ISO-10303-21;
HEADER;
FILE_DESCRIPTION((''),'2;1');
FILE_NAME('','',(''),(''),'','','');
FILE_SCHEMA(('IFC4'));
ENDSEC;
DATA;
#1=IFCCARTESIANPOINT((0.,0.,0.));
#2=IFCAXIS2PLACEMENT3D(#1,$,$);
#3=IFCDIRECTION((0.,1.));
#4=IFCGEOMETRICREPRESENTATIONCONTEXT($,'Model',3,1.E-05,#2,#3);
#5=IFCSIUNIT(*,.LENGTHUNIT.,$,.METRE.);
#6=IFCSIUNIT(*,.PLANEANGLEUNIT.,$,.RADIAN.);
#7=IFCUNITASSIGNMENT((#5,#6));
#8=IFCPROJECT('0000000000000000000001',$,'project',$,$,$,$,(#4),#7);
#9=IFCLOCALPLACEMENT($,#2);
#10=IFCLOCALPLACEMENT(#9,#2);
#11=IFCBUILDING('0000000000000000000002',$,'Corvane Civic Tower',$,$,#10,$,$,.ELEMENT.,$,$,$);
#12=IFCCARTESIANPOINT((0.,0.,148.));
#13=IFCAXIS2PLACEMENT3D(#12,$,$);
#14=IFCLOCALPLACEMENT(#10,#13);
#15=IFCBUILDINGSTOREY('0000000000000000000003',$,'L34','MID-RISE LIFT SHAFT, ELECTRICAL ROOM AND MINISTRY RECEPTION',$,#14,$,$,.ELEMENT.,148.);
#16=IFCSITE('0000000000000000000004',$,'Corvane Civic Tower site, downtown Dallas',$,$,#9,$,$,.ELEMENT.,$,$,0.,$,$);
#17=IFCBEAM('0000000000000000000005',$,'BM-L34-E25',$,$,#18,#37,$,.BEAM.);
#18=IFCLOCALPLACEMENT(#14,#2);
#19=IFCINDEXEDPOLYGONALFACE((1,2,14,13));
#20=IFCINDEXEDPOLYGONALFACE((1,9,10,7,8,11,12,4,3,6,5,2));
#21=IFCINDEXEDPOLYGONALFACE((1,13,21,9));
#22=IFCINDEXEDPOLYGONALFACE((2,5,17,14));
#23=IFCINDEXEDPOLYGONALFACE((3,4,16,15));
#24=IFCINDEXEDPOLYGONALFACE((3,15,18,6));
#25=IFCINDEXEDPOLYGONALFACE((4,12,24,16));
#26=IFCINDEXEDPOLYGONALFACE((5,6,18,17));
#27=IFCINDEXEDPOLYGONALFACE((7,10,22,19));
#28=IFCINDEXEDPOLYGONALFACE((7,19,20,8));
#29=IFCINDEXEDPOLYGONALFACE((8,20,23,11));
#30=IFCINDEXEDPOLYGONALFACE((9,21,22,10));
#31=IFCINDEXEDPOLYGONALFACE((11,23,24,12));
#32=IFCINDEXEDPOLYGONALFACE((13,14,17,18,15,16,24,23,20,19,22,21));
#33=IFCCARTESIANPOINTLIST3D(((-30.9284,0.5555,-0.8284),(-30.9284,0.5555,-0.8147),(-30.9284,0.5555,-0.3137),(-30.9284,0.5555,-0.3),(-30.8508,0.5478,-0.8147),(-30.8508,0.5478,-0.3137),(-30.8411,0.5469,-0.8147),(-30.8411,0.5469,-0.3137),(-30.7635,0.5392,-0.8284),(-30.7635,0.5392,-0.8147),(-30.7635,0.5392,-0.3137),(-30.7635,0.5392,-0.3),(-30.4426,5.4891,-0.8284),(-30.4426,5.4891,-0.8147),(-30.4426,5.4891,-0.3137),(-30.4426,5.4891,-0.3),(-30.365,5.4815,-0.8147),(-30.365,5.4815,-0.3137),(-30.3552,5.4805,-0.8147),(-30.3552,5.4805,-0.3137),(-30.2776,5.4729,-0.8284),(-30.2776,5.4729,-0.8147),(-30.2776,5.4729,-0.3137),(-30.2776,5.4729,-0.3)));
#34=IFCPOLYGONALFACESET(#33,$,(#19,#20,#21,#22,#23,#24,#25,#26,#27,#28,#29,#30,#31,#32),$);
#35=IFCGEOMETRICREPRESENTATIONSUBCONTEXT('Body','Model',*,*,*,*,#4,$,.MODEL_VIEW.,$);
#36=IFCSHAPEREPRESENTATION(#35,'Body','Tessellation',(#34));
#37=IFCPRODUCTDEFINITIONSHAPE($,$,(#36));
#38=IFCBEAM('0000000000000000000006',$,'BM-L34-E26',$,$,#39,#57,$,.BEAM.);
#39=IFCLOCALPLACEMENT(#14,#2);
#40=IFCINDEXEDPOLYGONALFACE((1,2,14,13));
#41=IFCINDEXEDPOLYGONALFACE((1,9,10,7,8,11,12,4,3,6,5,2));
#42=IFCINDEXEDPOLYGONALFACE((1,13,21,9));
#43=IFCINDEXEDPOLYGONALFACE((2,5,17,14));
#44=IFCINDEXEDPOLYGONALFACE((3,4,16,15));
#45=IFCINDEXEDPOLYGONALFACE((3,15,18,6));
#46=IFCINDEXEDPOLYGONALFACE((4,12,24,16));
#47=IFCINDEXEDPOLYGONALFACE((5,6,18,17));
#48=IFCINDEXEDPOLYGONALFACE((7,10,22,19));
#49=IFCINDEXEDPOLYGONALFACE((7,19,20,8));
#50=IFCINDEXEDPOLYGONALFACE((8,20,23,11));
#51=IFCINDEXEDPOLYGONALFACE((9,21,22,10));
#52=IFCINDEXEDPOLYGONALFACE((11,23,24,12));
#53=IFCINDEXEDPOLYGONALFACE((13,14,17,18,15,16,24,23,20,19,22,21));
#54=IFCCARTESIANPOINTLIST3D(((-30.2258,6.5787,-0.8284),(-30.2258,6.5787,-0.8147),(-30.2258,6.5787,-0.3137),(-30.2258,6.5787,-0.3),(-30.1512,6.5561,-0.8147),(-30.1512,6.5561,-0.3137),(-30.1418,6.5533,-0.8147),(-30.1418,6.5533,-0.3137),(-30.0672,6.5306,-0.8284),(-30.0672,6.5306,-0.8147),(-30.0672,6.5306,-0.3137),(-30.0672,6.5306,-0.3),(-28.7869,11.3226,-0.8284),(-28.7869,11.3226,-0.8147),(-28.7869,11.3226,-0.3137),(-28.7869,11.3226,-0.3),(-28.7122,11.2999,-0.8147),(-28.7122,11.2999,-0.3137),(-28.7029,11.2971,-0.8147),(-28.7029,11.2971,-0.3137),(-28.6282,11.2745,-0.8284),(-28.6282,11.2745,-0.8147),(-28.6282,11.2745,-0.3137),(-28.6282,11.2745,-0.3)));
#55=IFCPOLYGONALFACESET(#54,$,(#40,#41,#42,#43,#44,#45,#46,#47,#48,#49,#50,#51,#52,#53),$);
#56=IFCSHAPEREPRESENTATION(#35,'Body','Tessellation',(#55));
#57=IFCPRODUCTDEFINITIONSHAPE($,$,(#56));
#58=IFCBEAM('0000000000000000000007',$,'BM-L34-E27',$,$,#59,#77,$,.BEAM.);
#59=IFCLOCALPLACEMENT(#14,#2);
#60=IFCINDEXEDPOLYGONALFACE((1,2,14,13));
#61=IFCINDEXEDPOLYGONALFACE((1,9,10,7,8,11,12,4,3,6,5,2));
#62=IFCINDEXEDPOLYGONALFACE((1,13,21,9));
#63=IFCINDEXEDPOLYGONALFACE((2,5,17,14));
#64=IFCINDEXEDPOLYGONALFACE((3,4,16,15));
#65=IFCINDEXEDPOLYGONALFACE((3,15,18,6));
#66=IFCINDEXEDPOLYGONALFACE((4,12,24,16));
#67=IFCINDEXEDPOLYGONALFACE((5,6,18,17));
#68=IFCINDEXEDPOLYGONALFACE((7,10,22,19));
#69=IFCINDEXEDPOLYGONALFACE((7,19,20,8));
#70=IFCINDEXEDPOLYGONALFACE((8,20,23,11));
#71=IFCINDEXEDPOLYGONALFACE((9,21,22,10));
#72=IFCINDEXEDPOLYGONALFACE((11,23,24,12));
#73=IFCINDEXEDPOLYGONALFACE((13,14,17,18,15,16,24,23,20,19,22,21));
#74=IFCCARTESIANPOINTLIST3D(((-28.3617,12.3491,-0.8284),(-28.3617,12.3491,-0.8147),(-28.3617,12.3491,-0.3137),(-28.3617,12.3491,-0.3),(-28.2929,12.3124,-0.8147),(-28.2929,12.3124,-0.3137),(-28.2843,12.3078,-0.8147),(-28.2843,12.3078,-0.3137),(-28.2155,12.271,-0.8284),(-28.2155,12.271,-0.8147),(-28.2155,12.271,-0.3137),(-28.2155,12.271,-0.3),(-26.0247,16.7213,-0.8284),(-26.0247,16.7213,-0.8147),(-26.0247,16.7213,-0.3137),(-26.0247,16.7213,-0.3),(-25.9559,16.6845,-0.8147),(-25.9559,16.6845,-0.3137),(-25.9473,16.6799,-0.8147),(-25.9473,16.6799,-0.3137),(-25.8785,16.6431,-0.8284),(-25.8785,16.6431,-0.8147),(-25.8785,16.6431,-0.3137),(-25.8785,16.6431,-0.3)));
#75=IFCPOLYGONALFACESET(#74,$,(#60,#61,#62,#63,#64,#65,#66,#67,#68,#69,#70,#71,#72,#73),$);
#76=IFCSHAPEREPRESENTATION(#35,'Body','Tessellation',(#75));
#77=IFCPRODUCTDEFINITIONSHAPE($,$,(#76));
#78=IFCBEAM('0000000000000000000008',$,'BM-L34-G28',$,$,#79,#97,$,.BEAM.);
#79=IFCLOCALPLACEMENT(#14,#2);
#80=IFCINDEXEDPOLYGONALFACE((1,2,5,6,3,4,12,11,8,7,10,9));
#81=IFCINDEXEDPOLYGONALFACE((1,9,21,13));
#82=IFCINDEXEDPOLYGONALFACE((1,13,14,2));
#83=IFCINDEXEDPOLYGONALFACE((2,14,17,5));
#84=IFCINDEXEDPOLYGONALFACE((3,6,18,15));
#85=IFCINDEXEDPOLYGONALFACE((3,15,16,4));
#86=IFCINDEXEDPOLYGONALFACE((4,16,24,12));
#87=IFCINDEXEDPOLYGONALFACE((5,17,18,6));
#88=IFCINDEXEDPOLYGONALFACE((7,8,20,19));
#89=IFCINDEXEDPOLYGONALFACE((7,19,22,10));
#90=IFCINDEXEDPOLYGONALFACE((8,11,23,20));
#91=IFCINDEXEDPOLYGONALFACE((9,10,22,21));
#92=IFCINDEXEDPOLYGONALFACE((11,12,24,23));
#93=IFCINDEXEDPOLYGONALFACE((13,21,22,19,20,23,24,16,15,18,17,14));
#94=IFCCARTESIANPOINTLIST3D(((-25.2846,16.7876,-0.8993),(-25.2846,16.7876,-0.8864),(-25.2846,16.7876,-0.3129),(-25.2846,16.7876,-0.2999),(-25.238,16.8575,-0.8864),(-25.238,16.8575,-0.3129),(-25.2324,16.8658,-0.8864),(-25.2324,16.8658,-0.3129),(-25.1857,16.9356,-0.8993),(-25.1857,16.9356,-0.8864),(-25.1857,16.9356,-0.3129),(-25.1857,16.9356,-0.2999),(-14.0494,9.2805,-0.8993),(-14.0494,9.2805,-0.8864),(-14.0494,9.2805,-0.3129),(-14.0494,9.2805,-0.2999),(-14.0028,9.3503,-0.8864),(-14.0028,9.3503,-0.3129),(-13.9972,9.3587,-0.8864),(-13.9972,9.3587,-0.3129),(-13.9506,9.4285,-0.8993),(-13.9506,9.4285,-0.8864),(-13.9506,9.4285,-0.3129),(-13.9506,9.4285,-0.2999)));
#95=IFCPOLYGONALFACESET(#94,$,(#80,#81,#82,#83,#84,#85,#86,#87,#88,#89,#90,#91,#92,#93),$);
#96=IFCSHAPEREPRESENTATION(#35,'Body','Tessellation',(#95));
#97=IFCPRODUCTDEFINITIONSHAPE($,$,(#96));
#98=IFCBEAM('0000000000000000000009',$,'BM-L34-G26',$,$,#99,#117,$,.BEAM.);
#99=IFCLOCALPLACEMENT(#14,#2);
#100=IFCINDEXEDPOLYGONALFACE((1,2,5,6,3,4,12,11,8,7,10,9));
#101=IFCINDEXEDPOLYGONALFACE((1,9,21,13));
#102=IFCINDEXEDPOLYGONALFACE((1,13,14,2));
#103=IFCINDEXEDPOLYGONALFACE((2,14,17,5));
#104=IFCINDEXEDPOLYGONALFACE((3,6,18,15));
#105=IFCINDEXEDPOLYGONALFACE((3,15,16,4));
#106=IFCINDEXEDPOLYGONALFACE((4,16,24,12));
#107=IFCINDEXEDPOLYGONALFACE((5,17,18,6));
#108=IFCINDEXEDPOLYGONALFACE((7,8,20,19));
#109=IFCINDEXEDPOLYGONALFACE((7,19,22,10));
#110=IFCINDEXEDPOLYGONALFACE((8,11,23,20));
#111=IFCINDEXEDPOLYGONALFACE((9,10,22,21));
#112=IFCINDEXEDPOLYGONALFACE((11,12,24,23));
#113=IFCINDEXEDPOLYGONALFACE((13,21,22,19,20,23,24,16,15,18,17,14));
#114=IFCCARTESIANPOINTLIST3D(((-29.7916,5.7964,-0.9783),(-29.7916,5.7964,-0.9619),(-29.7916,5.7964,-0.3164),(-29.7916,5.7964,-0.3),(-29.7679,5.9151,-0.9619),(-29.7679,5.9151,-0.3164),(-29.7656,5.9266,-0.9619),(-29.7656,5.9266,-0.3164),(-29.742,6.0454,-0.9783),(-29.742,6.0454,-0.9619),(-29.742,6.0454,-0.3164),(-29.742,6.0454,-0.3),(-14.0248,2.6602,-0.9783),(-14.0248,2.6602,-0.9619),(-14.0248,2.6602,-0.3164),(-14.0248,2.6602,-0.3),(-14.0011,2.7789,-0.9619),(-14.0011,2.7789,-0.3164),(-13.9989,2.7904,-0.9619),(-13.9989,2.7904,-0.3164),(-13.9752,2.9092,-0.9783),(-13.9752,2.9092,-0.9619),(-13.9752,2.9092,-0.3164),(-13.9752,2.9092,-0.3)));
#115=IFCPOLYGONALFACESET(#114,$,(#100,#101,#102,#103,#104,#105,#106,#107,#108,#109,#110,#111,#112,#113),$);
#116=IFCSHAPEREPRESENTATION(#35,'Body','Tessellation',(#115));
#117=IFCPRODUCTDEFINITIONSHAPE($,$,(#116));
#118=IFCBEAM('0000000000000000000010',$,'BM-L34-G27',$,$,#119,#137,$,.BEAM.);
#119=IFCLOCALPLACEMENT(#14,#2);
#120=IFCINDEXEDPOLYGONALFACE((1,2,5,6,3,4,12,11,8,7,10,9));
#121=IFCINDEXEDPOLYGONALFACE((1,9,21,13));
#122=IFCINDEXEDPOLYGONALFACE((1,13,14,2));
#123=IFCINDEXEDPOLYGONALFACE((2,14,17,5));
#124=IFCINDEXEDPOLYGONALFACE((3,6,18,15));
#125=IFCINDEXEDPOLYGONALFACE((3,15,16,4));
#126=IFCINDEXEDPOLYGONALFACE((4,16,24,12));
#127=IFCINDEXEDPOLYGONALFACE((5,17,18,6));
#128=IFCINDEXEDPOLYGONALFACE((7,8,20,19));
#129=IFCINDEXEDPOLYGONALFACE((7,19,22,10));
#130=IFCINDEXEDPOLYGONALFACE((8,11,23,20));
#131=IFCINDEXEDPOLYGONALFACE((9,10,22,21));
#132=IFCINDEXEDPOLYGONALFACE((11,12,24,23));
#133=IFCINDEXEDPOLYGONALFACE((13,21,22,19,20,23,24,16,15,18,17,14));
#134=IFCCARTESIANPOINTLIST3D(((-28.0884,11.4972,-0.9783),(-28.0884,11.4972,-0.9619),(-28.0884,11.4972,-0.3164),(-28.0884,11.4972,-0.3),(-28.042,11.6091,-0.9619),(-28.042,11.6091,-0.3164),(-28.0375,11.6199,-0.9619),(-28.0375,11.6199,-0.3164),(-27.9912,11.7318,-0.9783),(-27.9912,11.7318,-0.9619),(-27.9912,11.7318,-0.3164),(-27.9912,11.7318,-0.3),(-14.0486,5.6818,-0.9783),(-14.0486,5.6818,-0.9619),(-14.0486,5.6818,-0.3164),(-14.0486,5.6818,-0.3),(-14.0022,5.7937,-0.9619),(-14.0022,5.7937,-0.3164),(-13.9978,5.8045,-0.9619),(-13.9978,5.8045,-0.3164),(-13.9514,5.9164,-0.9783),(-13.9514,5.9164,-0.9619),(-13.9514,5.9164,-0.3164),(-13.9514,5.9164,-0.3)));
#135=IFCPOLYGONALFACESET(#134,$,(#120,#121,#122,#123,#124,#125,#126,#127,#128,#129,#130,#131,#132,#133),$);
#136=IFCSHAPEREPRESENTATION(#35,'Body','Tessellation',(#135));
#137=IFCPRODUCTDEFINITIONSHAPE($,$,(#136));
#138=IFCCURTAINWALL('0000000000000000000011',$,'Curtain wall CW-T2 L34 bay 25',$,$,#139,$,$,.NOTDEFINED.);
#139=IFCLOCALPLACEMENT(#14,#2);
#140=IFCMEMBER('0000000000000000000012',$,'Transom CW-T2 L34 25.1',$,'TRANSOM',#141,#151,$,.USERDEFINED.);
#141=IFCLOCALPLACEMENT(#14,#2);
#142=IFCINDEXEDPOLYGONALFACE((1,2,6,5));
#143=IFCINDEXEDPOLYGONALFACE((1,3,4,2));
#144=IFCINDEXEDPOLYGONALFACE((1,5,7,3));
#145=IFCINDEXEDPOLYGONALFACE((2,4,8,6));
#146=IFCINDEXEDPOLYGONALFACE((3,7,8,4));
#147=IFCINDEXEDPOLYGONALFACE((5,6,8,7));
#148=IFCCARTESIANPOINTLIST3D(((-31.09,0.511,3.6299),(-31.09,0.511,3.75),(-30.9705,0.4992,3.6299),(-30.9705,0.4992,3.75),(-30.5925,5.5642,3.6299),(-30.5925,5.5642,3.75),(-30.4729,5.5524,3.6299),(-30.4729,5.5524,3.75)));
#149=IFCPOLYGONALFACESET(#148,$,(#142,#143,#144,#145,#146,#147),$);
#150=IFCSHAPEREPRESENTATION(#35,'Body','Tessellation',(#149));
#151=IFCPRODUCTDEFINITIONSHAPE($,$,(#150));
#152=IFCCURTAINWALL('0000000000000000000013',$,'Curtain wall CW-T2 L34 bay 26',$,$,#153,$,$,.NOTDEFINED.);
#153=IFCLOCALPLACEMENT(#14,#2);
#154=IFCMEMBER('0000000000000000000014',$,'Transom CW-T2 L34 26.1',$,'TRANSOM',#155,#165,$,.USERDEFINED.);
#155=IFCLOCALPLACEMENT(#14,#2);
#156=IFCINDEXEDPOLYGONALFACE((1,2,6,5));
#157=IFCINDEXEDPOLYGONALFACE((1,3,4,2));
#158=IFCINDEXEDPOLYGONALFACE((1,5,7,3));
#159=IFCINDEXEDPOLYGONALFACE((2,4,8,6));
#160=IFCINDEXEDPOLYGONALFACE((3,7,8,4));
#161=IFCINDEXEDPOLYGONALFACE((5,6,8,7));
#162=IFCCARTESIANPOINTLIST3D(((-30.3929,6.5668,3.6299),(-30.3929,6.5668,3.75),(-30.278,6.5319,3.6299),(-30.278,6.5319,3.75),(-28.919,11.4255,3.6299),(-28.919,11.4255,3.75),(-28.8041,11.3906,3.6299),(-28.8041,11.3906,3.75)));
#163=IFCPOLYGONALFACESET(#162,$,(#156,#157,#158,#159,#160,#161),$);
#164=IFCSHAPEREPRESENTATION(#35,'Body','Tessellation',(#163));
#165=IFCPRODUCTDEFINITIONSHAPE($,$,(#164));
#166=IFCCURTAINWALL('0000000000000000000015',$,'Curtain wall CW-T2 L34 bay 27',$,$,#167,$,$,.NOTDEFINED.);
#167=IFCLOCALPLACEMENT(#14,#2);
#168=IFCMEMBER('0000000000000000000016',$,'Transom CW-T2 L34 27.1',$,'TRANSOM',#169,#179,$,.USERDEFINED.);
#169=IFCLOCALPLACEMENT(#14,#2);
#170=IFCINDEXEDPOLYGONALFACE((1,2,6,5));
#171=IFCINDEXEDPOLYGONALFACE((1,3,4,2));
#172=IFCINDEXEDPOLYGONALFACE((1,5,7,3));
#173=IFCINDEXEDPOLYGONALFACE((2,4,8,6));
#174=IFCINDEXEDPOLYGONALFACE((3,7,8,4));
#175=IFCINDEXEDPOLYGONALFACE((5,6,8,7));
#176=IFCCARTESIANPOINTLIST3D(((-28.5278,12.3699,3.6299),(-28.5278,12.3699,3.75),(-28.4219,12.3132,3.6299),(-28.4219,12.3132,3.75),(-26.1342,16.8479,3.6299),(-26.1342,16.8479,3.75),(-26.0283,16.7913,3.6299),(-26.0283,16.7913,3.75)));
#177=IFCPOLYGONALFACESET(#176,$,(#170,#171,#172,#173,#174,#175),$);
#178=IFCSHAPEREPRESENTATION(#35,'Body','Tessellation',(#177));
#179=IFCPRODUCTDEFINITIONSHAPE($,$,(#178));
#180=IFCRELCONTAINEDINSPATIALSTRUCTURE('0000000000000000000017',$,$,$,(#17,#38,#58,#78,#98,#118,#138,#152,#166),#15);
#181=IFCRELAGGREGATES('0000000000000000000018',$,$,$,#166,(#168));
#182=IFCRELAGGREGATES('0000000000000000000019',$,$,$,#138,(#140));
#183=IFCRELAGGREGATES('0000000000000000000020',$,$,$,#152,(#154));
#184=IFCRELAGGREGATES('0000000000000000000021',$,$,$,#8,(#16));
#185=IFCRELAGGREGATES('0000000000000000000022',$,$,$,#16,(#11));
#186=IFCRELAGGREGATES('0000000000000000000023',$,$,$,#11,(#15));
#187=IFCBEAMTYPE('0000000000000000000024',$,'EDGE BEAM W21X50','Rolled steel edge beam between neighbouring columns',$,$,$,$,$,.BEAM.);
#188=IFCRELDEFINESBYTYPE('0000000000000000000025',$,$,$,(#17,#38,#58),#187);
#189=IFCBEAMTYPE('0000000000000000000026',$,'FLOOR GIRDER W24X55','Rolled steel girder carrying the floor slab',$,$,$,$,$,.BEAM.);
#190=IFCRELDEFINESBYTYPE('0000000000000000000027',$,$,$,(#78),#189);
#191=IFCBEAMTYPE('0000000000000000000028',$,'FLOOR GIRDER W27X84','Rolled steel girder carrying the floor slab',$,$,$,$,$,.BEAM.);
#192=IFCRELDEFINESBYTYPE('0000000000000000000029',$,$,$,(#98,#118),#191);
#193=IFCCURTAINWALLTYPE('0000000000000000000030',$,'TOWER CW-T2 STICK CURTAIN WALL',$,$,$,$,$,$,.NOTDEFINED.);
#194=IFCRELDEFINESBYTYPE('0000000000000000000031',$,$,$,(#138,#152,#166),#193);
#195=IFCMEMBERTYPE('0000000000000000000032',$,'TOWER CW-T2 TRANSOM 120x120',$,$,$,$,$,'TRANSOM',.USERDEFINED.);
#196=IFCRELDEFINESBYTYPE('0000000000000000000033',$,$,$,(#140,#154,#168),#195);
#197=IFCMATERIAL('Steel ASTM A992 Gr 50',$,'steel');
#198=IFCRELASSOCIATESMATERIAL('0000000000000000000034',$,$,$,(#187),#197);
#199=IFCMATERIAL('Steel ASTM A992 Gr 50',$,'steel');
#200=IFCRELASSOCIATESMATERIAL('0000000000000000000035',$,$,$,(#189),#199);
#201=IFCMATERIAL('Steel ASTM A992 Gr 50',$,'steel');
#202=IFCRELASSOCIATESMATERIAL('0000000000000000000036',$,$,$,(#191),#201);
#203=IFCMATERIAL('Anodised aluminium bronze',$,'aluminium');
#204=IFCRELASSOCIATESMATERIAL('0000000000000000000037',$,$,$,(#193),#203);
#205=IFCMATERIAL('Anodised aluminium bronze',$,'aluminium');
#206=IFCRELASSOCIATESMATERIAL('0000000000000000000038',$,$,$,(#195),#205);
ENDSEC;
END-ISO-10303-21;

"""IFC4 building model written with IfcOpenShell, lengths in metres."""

from ifc_helpers import new_model, si_unit, direction, frame, origin, origin_2d, place, context, subcontext, project, spatial, rectangle, i_section, extrude, material, material_profile, profile_set, type_object, element, aggregate, save


model = new_model("IFC4")

# Units and contexts
model_context = context("Model", 3, precision=1e-05, world=origin(), true_north=direction((0.0, 1.0)))
body_context = subcontext(model_context, "Body", "Model", "MODEL_VIEW")
ifc_project = project(units=[si_unit("LENGTHUNIT", "METRE"), si_unit("PLANEANGLEUNIT", "RADIAN")], contexts=[model_context])

# Site, building, storey
site_placement = place(None, origin())
site = spatial("IfcSite", under=ifc_project, at=site_placement, Name="Corvane Civic Tower site, downtown Dallas", CompositionType="ELEMENT", RefElevation=0.0)
building_placement = place(site_placement, origin())
building = spatial("IfcBuilding", under=site, at=building_placement, Name="Corvane Civic Tower", CompositionType="ELEMENT")
storey_placement = place(building_placement, frame((0.0, 0.0, 148.0)))
storey = spatial("IfcBuildingStorey", under=building, at=storey_placement, Name="L34", Description="MID-RISE LIFT SHAFT, ELECTRICAL ROOM AND MINISTRY RECEPTION", CompositionType="ELEMENT", Elevation=148.0)

# Beams
ifc_material_1 = material(Name="Steel ASTM A992 Gr 50", Category="steel")
ifc_material_profile_1 = material_profile(ifc_material_1, i_section(OverallWidth=0.1658, OverallDepth=0.5283, WebThickness=0.0098, FlangeThickness=0.0137, at=origin_2d()), Name="W21X50")
ifc_profile_set_1 = profile_set([ifc_material_profile_1], Name="Steel ASTM A992 Gr 50")
beam_type_1 = type_object("IfcBeamType", Name="EDGE BEAM W21X50", Description="Rolled steel edge beam between neighbouring columns", PredefinedType="BEAM", material=ifc_profile_set_1)
beam_1_placement = place(storey_placement, frame((-30.8459, 0.5474, -0.5642), z_axis=(0.098002, 0.995186, 0.0), x_axis=(-0.995186, 0.098002, 0.0)))
element("IfcBeam", 1, at=beam_1_placement, inside=storey, type_object=beam_type_1, Name="BM-L34-E25", PredefinedType="BEAM", context=body_context, shape_type="SweptSolid", body=[
    extrude(i_section(OverallWidth=0.1658, OverallDepth=0.5283, WebThickness=0.0098, FlangeThickness=0.0137, at=origin_2d()), origin(), (0.0, 0.0, 1.0), 4.9575),
])
beam_2_placement = place(storey_placement, frame((-30.1465, 6.5547, -0.5642), z_axis=(0.29027, 0.956945, 0.0), x_axis=(-0.956945, 0.29027, 0.0)))
element("IfcBeam", 2, at=beam_2_placement, inside=storey, type_object=beam_type_1, Name="BM-L34-E26", PredefinedType="BEAM", context=body_context, shape_type="SweptSolid", body=[
    extrude(i_section(OverallWidth=0.1658, OverallDepth=0.5283, WebThickness=0.0098, FlangeThickness=0.0137, at=origin_2d()), origin(), (0.0, 0.0, 1.0), 4.9573),
])
beam_3_placement = place(storey_placement, frame((-28.2886, 12.3101, -0.5642), z_axis=(0.471396, 0.881922, 0.0), x_axis=(-0.881922, 0.471396, 0.0)))
element("IfcBeam", 3, at=beam_3_placement, inside=storey, type_object=beam_type_1, Name="BM-L34-E27", PredefinedType="BEAM", context=body_context, shape_type="SweptSolid", body=[
    extrude(i_section(OverallWidth=0.1658, OverallDepth=0.5283, WebThickness=0.0098, FlangeThickness=0.0137, at=origin_2d()), origin(), (0.0, 0.0, 1.0), 4.9575),
])
ifc_material_2 = material(Name="Steel ASTM A992 Gr 50", Category="steel")
ifc_material_profile_2 = material_profile(ifc_material_2, i_section(OverallWidth=0.178, OverallDepth=0.5994, WebThickness=0.01, FlangeThickness=0.0129, at=origin_2d()), Name="W24X55")
ifc_profile_set_2 = profile_set([ifc_material_profile_2], Name="Steel ASTM A992 Gr 50")
beam_type_2 = type_object("IfcBeamType", Name="FLOOR GIRDER W24X55", Description="Rolled steel girder carrying the floor slab", PredefinedType="BEAM", material=ifc_profile_set_2)
beam_4_placement = place(storey_placement, frame((-14.0, 9.3545, -0.5996), z_axis=(-0.831469, 0.555571, 0.0), x_axis=(-0.555571, -0.831469, 0.0)))
element("IfcBeam", 4, at=beam_4_placement, inside=storey, type_object=beam_type_2, Name="BM-L34-G28", PredefinedType="BEAM", context=body_context, shape_type="SweptSolid", body=[
    extrude(i_section(OverallWidth=0.178, OverallDepth=0.5994, WebThickness=0.01, FlangeThickness=0.0129, at=origin_2d()), origin(), (0.0, 0.0, 1.0), 13.5125),
])
ifc_material_3 = material(Name="Steel ASTM A992 Gr 50", Category="steel")
ifc_material_profile_3 = material_profile(ifc_material_3, i_section(OverallWidth=0.2539, OverallDepth=0.6782, WebThickness=0.0117, FlangeThickness=0.0164, at=origin_2d()), Name="W27X84")
ifc_profile_set_3 = profile_set([ifc_material_profile_3], Name="Steel ASTM A992 Gr 50")
beam_type_3 = type_object("IfcBeamType", Name="FLOOR GIRDER W27X84", Description="Rolled steel girder carrying the floor slab", PredefinedType="BEAM", material=ifc_profile_set_3)
beam_5_placement = place(storey_placement, frame((-14.0, 2.7847, -0.6392), z_axis=(-0.980785, 0.195091, 0.0), x_axis=(-0.195091, -0.980785, 0.0)))
element("IfcBeam", 5, at=beam_5_placement, inside=storey, type_object=beam_type_3, Name="BM-L34-G26", PredefinedType="BEAM", context=body_context, shape_type="SweptSolid", body=[
    extrude(i_section(OverallWidth=0.2539, OverallDepth=0.6782, WebThickness=0.0117, FlangeThickness=0.0164, at=origin_2d()), origin(), (0.0, 0.0, 1.0), 16.0757),
])
beam_6_placement = place(storey_placement, frame((-14.0, 5.7991, -0.6392), z_axis=(-0.923881, 0.382681, 0.0), x_axis=(-0.382681, -0.923881, 0.0)))
element("IfcBeam", 6, at=beam_6_placement, inside=storey, type_object=beam_type_3, Name="BM-L34-G27", PredefinedType="BEAM", context=body_context, shape_type="SweptSolid", body=[
    extrude(i_section(OverallWidth=0.2539, OverallDepth=0.6782, WebThickness=0.0117, FlangeThickness=0.0164, at=origin_2d()), origin(), (0.0, 0.0, 1.0), 15.1965),
])

# Curtain walls, members
ifc_material_4 = material(Name="Anodised aluminium bronze", Category="aluminium")
curtain_wall_type = type_object("IfcCurtainWallType", Name="TOWER CW-T2 STICK CURTAIN WALL", PredefinedType="NOTDEFINED", material=ifc_material_4)
curtain_wall_1_placement = place(storey_placement, origin())
curtain_wall_1 = element("IfcCurtainWall", 7, at=curtain_wall_1_placement, inside=storey, type_object=curtain_wall_type, Name="Curtain wall CW-T2 L34 bay 25", PredefinedType="NOTDEFINED")
ifc_material_5 = material(Name="Anodised aluminium bronze", Category="aluminium")
ifc_material_profile_4 = material_profile(ifc_material_5, rectangle(XDim=0.1201, YDim=0.1201, at=origin_2d()), Name="TOWER CW-T2 TRANSOM 120x120")
ifc_profile_set_4 = profile_set([ifc_material_profile_4], Name="Anodised aluminium bronze")
member_type = type_object("IfcMemberType", Name="TOWER CW-T2 TRANSOM 120x120", ElementType="TRANSOM", PredefinedType="USERDEFINED", material=ifc_profile_set_4)
member_1_placement = place(storey_placement, frame((-31.0303, 0.5051, 3.6899), z_axis=(0.09799, 0.995187, 0.0), x_axis=(-0.995187, 0.09799, 0.0)))
member_1 = element("IfcMember", 8, at=member_1_placement, type_object=member_type, Name="Transom CW-T2 L34 25.1", ObjectType="TRANSOM", PredefinedType="USERDEFINED", context=body_context, shape_type="SweptSolid", body=[
    extrude(rectangle(XDim=0.1201, YDim=0.1201, at=origin_2d()), origin(), (0.0, 0.0, 1.0), 5.0776),
])
curtain_wall_2_placement = place(storey_placement, origin())
curtain_wall_2 = element("IfcCurtainWall", 9, at=curtain_wall_2_placement, inside=storey, type_object=curtain_wall_type, Name="Curtain wall CW-T2 L34 bay 26", PredefinedType="NOTDEFINED")
member_2_placement = place(storey_placement, frame((-30.3354, 6.5493, 3.6899), z_axis=(0.290289, 0.956939, 0.0), x_axis=(-0.956939, 0.290289, 0.0)))
member_2 = element("IfcMember", 10, at=member_2_placement, type_object=member_type, Name="Transom CW-T2 L34 26.1", ObjectType="TRANSOM", PredefinedType="USERDEFINED", context=body_context, shape_type="SweptSolid", body=[
    extrude(rectangle(XDim=0.1201, YDim=0.1201, at=origin_2d()), origin(), (0.0, 0.0, 1.0), 5.0774),
])
curtain_wall_3_placement = place(storey_placement, origin())
curtain_wall_3 = element("IfcCurtainWall", 11, at=curtain_wall_3_placement, inside=storey, type_object=curtain_wall_type, Name="Curtain wall CW-T2 L34 bay 27", PredefinedType="NOTDEFINED")
member_3_placement = place(storey_placement, frame((-28.4749, 12.3416, 3.6899), z_axis=(0.471397, 0.881921, 0.0), x_axis=(-0.881921, 0.471397, 0.0)))
member_3 = element("IfcMember", 12, at=member_3_placement, type_object=member_type, Name="Transom CW-T2 L34 27.1", ObjectType="TRANSOM", PredefinedType="USERDEFINED", context=body_context, shape_type="SweptSolid", body=[
    extrude(rectangle(XDim=0.1201, YDim=0.1201, at=origin_2d()), origin(), (0.0, 0.0, 1.0), 5.0776),
])
aggregate(curtain_wall_3, [member_3])

aggregate(curtain_wall_1, [member_1])
aggregate(curtain_wall_2, [member_2])

save(model, "model.ifc")
